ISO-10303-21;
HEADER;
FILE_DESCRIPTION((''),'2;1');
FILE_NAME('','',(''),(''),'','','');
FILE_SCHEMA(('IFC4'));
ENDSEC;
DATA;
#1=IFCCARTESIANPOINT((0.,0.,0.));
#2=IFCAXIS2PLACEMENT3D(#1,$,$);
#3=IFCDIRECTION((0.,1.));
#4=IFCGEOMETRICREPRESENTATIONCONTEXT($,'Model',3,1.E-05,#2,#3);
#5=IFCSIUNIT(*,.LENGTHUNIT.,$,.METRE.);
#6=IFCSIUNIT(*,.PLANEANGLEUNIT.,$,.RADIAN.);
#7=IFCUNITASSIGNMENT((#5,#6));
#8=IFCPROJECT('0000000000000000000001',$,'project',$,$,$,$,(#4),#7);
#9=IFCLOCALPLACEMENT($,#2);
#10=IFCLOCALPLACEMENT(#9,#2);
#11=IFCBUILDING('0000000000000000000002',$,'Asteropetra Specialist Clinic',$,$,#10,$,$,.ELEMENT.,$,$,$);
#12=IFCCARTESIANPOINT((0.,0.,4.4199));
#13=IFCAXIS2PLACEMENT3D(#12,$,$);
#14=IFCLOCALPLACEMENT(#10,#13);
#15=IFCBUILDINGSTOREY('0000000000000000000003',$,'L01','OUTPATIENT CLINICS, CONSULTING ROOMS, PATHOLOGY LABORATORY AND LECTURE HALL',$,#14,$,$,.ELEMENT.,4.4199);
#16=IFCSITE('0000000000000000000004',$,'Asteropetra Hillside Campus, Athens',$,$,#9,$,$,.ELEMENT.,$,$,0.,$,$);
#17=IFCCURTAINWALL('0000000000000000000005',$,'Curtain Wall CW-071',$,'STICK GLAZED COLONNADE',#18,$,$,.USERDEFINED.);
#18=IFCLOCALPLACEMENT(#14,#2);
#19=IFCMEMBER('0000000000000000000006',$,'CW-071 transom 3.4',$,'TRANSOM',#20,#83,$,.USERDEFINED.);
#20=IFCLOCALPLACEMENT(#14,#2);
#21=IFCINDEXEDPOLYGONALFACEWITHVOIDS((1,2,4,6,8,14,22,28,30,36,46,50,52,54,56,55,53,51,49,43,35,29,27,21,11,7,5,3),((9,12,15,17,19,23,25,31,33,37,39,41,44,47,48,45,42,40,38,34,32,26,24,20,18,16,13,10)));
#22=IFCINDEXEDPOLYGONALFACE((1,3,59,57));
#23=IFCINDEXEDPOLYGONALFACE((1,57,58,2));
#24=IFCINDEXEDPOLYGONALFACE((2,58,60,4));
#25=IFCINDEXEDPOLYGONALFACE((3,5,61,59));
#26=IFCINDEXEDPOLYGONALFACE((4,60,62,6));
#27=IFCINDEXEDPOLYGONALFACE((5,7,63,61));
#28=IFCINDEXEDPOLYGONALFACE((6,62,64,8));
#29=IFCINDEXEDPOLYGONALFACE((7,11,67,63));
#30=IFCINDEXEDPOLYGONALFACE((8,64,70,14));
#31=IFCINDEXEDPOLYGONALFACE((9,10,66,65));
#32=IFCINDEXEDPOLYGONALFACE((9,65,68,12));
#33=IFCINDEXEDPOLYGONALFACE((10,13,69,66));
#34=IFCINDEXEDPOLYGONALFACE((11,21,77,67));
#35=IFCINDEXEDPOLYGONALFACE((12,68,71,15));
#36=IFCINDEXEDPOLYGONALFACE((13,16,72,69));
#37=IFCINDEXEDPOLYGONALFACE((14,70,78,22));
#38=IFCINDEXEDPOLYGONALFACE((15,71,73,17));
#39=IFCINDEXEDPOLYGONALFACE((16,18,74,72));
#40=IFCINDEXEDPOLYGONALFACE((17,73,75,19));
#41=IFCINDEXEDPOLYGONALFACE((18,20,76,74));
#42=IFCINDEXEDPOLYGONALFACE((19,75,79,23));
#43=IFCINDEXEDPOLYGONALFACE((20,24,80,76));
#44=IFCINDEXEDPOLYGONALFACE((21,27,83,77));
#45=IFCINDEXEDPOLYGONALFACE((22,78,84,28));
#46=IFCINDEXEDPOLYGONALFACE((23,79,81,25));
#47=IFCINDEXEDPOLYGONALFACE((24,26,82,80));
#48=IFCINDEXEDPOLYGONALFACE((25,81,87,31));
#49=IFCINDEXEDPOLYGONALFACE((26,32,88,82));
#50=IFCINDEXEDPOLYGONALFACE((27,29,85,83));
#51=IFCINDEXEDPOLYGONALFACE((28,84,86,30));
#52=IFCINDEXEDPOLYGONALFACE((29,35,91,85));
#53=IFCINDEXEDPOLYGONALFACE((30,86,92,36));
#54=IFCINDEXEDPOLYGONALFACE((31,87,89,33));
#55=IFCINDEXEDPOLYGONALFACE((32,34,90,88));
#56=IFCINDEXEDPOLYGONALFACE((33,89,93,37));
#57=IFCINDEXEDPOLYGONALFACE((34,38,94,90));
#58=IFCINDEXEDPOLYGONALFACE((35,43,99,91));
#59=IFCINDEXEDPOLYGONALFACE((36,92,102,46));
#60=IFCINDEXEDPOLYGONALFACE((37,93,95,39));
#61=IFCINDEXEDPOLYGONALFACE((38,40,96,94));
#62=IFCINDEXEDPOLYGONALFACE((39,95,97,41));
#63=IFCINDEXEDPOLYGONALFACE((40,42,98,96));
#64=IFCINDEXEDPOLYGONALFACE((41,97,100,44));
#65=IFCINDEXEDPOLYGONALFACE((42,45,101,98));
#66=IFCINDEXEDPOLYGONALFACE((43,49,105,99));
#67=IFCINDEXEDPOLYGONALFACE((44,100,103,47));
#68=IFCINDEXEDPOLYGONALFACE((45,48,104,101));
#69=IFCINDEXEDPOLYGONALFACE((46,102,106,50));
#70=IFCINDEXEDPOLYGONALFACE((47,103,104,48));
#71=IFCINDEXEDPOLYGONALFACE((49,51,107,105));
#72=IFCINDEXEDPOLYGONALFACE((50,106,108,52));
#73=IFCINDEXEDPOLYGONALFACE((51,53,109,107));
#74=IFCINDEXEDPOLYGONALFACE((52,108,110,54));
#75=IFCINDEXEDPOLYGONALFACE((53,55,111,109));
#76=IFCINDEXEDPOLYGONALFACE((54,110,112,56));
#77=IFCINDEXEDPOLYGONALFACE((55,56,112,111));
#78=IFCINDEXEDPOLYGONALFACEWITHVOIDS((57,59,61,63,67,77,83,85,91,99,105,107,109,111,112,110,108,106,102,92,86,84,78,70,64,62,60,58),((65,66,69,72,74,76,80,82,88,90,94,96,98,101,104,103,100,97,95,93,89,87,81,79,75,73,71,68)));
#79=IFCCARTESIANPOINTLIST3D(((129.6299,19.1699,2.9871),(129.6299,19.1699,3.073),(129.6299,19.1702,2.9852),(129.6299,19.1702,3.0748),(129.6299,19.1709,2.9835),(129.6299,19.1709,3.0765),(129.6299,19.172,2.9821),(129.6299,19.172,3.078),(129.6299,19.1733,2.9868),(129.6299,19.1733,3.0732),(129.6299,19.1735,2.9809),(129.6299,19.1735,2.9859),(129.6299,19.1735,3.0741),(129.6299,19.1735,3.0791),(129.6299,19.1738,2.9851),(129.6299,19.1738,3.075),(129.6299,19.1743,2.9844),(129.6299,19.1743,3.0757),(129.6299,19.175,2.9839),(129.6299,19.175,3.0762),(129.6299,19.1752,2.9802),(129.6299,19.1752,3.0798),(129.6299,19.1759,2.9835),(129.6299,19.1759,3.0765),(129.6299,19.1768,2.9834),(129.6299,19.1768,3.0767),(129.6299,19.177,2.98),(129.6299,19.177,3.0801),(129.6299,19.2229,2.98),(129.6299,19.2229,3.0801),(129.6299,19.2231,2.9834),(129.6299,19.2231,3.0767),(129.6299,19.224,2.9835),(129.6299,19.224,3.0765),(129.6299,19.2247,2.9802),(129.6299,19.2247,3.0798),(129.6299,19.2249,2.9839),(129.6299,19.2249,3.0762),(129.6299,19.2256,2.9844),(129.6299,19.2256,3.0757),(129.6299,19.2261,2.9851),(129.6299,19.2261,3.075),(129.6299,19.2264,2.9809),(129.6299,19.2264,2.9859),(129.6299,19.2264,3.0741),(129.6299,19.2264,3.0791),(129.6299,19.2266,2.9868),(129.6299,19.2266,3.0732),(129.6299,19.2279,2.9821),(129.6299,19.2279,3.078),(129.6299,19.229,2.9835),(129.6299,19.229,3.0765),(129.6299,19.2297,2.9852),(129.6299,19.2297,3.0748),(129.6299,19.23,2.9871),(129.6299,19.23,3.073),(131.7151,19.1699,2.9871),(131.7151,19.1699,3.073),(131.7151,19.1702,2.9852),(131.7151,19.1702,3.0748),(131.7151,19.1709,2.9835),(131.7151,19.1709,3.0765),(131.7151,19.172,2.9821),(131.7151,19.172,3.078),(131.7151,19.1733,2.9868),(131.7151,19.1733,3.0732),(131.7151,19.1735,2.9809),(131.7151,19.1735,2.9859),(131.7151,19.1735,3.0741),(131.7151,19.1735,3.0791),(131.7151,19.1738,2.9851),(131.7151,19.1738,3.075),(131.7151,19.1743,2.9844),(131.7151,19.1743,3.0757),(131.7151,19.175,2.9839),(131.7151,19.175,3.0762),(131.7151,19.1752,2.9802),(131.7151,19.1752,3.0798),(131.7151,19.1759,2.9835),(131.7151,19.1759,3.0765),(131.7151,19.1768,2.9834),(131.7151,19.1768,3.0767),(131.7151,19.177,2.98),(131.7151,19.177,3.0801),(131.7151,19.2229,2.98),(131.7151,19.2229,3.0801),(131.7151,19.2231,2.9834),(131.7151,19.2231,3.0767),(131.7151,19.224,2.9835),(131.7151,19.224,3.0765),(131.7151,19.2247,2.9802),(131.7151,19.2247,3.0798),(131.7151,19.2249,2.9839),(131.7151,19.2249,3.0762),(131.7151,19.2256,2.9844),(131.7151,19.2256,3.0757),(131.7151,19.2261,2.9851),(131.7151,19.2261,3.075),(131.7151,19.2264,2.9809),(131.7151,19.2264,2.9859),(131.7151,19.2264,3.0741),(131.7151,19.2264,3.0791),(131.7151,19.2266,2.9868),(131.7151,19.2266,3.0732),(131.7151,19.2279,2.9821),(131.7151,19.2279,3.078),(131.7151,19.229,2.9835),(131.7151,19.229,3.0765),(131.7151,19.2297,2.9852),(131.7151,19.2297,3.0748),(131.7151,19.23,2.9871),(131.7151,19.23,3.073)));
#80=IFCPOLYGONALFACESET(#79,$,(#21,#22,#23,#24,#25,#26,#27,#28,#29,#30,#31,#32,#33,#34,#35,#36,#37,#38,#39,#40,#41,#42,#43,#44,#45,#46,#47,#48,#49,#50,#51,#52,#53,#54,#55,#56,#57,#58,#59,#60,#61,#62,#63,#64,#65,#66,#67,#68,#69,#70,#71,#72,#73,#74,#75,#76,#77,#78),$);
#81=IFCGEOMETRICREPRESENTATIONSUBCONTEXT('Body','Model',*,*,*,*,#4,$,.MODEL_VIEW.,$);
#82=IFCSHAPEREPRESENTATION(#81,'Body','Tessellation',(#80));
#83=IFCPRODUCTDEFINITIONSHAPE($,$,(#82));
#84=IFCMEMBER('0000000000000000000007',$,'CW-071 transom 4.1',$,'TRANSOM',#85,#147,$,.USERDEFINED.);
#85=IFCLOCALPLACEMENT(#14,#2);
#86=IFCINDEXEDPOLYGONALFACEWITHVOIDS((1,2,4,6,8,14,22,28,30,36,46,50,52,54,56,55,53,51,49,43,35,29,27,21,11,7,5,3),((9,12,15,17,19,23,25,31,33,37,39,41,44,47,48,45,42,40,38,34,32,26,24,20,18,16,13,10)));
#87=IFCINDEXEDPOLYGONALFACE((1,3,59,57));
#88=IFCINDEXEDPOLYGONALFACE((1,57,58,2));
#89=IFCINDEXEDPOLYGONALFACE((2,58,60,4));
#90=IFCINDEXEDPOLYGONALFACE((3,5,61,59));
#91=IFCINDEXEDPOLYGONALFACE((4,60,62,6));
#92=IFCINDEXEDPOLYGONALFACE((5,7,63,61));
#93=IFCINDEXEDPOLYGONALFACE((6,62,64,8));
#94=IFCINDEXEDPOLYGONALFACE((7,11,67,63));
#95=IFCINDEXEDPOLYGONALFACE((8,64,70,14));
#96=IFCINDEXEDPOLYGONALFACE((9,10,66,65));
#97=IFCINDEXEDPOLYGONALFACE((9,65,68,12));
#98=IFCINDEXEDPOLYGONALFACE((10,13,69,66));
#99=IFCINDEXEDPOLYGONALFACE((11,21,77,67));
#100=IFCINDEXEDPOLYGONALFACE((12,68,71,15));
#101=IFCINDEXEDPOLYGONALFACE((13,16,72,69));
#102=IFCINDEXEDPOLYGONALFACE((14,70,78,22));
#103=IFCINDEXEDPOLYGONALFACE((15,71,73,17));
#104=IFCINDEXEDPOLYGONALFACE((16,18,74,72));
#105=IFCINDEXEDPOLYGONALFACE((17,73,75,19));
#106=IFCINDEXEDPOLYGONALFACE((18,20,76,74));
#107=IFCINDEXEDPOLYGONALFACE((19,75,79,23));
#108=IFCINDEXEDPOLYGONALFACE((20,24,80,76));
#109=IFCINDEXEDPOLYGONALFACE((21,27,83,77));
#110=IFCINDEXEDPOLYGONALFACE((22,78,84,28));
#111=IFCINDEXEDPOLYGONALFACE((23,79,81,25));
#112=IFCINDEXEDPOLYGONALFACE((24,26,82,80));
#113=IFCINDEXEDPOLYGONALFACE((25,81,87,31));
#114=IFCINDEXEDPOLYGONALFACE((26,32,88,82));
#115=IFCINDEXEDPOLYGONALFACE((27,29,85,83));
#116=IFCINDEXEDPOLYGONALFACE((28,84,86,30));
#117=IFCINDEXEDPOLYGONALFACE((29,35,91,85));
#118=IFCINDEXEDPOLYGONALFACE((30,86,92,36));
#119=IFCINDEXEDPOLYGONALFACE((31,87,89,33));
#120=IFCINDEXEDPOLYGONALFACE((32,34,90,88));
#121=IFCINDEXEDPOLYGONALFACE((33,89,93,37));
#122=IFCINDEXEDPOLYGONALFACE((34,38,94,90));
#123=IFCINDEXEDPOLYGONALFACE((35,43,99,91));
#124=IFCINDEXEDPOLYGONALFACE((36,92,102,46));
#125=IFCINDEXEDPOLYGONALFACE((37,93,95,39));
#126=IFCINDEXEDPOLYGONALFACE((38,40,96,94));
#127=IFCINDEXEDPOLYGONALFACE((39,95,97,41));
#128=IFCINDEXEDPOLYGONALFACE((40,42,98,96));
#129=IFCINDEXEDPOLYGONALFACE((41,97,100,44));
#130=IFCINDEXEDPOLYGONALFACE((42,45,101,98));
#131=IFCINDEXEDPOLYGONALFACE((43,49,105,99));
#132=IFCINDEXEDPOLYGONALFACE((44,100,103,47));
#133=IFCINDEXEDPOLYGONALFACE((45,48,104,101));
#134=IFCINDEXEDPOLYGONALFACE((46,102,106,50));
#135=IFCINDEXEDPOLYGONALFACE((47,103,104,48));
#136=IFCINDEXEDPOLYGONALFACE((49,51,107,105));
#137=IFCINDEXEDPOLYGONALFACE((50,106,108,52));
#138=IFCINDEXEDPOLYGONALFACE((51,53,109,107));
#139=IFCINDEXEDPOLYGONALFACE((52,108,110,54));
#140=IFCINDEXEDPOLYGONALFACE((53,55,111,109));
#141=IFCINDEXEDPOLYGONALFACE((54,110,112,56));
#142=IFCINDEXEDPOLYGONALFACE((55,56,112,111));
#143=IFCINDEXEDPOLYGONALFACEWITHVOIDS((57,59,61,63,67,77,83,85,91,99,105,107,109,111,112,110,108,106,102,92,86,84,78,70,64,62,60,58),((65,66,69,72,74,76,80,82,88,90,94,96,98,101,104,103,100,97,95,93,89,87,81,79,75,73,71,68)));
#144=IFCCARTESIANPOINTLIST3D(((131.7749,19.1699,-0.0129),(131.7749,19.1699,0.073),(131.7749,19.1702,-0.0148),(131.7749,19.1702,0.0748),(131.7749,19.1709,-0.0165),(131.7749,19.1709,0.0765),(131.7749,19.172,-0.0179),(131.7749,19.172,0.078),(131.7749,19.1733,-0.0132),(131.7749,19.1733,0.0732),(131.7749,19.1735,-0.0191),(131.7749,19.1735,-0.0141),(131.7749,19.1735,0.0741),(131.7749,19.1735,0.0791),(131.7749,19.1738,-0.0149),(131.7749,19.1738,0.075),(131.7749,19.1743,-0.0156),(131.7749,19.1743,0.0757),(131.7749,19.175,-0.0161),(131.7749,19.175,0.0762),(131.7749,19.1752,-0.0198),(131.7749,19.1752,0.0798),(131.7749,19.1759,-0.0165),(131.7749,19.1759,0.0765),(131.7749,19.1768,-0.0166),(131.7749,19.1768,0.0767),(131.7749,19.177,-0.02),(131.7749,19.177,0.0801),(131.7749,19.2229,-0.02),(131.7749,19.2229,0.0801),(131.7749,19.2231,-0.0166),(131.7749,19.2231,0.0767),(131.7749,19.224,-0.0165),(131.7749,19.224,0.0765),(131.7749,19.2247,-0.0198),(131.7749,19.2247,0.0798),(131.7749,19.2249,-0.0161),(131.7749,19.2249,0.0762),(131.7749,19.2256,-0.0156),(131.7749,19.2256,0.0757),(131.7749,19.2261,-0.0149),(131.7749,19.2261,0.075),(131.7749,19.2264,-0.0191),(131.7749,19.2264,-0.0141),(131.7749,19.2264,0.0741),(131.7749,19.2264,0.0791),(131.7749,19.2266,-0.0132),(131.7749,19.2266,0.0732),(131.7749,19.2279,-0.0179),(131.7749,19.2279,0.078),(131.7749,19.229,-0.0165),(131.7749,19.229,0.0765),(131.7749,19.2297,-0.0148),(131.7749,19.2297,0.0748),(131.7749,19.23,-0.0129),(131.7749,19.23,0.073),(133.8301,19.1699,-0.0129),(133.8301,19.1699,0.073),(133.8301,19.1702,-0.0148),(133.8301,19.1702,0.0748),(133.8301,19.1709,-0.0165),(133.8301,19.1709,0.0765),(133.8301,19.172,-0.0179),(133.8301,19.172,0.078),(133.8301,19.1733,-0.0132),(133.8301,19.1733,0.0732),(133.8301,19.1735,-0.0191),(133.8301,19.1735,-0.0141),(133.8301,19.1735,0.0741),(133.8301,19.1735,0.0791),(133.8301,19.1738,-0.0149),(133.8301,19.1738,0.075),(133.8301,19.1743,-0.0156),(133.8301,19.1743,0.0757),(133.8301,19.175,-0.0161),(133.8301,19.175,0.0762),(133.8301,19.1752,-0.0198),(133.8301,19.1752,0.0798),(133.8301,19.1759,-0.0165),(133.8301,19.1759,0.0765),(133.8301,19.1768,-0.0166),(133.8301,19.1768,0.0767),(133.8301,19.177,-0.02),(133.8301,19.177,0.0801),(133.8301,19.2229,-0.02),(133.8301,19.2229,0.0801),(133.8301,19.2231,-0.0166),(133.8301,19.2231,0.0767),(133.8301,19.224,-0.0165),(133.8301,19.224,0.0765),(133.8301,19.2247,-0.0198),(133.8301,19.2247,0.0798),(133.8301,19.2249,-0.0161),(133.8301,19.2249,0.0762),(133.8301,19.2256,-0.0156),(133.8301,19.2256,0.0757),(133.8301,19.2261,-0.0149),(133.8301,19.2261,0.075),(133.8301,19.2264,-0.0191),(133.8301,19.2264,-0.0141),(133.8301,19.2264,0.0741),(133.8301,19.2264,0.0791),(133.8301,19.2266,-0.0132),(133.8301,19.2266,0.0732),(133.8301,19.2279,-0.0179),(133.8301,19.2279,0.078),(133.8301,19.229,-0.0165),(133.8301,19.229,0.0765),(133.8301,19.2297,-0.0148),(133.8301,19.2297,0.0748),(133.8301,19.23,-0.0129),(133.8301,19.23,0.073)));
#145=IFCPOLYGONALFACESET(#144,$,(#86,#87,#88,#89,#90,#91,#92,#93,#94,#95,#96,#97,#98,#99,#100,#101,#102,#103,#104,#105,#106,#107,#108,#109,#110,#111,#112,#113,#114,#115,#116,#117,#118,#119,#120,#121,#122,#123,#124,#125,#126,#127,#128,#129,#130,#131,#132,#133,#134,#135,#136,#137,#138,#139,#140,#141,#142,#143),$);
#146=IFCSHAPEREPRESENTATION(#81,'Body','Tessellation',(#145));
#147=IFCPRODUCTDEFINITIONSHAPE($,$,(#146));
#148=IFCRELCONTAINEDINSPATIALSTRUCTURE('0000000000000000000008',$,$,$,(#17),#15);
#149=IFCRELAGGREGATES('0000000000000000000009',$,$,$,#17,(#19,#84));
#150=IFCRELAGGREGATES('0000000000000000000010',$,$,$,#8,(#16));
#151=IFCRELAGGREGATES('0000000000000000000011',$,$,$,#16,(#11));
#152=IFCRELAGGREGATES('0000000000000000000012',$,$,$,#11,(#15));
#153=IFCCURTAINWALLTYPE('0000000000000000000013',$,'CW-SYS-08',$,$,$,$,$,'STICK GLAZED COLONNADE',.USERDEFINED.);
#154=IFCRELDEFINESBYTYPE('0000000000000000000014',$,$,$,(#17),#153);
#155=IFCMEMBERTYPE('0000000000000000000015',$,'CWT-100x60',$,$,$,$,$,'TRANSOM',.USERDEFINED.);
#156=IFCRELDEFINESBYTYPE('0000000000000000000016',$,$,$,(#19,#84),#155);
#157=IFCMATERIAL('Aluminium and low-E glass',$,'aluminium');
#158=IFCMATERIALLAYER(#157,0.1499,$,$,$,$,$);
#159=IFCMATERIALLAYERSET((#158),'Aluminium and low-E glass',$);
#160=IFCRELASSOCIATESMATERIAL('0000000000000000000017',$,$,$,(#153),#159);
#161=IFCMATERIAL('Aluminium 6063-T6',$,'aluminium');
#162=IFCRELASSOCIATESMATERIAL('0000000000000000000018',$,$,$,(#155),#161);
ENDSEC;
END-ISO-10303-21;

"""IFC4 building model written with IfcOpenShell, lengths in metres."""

from ifc_helpers import new_model, si_unit, direction, frame, origin, origin_2d, place, context, subcontext, project, spatial, hollow_rectangle, extrude, material, layer, layer_set, material_profile, profile_set, type_object, element, aggregate, save


model = new_model("IFC4")

# Units and contexts
model_context = context("Model", 3, precision=1e-05, world=origin(), true_north=direction((0.0, 1.0)))
body_context = subcontext(model_context, "Body", "Model", "MODEL_VIEW")
ifc_project = project(units=[si_unit("LENGTHUNIT", "METRE"), si_unit("PLANEANGLEUNIT", "RADIAN")], contexts=[model_context])

# Site, building, storey
site_placement = place(None, origin())
site = spatial("IfcSite", under=ifc_project, at=site_placement, Name="Asteropetra Hillside Campus, Athens", CompositionType="ELEMENT", RefElevation=0.0)
building_placement = place(site_placement, origin())
building = spatial("IfcBuilding", under=site, at=building_placement, Name="Asteropetra Specialist Clinic", CompositionType="ELEMENT")
storey_placement = place(building_placement, frame((0.0, 0.0, 4.4199)))
storey = spatial("IfcBuildingStorey", under=building, at=storey_placement, Name="L01", Description="OUTPATIENT CLINICS, CONSULTING ROOMS, PATHOLOGY LABORATORY AND LECTURE HALL", CompositionType="ELEMENT", Elevation=4.4199)

# Curtain wall
ifc_material_1 = material(Name="Aluminium and low-E glass", Category="aluminium")
ifc_layer_1 = layer(ifc_material_1, 0.1499)
ifc_layer_set_1 = layer_set([ifc_layer_1], Name="Aluminium and low-E glass")
curtain_wall_type_1 = type_object("IfcCurtainWallType", Name="CW-SYS-08", ElementType="STICK GLAZED COLONNADE", PredefinedType="USERDEFINED", material=ifc_layer_set_1)
curtain_wall_1_placement = place(storey_placement, origin())
curtain_wall_1 = element("IfcCurtainWall", 1, at=curtain_wall_1_placement, inside=storey, type_object=curtain_wall_type_1, Name="Curtain Wall CW-071", ObjectType="STICK GLAZED COLONNADE", PredefinedType="USERDEFINED")

# Members
ifc_material_2 = material(Name="Aluminium 6063-T6", Category="aluminium")
ifc_material_profile_1 = material_profile(ifc_material_2, hollow_rectangle(XDim=0.0601, YDim=0.1001, WallThickness=0.0034, InnerFilletRadius=0.0034, OuterFilletRadius=0.0071, at=origin_2d()), Name="TRN 100x60x3.5")
ifc_profile_set_1 = profile_set([ifc_material_profile_1], Name="Aluminium 6063-T6")
member_type_1 = type_object("IfcMemberType", Name="CWT-100x60", ElementType="TRANSOM", PredefinedType="USERDEFINED", material=ifc_profile_set_1)
member_1_placement = place(storey_placement, frame((129.6299, 19.2, 3.03), z_axis=(1.0, 0.0, 0.0), x_axis=(0.0, 1.0, 0.0)))
member_1 = element("IfcMember", 2, at=member_1_placement, type_object=member_type_1, Name="CW-071 transom 3.4", ObjectType="TRANSOM", PredefinedType="USERDEFINED", context=body_context, shape_type="SweptSolid", body=[
    extrude(hollow_rectangle(XDim=0.0601, YDim=0.1001, WallThickness=0.0034, InnerFilletRadius=0.0034, OuterFilletRadius=0.0071, at=origin_2d()), origin(), (0.0, 0.0, 1.0), 2.0852),
])
member_2_placement = place(storey_placement, frame((131.7749, 19.2, 0.03), z_axis=(1.0, 0.0, 0.0), x_axis=(0.0, 1.0, 0.0)))
member_2 = element("IfcMember", 3, at=member_2_placement, type_object=member_type_1, Name="CW-071 transom 4.1", ObjectType="TRANSOM", PredefinedType="USERDEFINED", context=body_context, shape_type="SweptSolid", body=[
    extrude(hollow_rectangle(XDim=0.0601, YDim=0.1001, WallThickness=0.0034, InnerFilletRadius=0.0034, OuterFilletRadius=0.0071, at=origin_2d()), origin(), (0.0, 0.0, 1.0), 2.0552),
])

aggregate(curtain_wall_1, [member_1, member_2])

save(model, "model.ifc")
